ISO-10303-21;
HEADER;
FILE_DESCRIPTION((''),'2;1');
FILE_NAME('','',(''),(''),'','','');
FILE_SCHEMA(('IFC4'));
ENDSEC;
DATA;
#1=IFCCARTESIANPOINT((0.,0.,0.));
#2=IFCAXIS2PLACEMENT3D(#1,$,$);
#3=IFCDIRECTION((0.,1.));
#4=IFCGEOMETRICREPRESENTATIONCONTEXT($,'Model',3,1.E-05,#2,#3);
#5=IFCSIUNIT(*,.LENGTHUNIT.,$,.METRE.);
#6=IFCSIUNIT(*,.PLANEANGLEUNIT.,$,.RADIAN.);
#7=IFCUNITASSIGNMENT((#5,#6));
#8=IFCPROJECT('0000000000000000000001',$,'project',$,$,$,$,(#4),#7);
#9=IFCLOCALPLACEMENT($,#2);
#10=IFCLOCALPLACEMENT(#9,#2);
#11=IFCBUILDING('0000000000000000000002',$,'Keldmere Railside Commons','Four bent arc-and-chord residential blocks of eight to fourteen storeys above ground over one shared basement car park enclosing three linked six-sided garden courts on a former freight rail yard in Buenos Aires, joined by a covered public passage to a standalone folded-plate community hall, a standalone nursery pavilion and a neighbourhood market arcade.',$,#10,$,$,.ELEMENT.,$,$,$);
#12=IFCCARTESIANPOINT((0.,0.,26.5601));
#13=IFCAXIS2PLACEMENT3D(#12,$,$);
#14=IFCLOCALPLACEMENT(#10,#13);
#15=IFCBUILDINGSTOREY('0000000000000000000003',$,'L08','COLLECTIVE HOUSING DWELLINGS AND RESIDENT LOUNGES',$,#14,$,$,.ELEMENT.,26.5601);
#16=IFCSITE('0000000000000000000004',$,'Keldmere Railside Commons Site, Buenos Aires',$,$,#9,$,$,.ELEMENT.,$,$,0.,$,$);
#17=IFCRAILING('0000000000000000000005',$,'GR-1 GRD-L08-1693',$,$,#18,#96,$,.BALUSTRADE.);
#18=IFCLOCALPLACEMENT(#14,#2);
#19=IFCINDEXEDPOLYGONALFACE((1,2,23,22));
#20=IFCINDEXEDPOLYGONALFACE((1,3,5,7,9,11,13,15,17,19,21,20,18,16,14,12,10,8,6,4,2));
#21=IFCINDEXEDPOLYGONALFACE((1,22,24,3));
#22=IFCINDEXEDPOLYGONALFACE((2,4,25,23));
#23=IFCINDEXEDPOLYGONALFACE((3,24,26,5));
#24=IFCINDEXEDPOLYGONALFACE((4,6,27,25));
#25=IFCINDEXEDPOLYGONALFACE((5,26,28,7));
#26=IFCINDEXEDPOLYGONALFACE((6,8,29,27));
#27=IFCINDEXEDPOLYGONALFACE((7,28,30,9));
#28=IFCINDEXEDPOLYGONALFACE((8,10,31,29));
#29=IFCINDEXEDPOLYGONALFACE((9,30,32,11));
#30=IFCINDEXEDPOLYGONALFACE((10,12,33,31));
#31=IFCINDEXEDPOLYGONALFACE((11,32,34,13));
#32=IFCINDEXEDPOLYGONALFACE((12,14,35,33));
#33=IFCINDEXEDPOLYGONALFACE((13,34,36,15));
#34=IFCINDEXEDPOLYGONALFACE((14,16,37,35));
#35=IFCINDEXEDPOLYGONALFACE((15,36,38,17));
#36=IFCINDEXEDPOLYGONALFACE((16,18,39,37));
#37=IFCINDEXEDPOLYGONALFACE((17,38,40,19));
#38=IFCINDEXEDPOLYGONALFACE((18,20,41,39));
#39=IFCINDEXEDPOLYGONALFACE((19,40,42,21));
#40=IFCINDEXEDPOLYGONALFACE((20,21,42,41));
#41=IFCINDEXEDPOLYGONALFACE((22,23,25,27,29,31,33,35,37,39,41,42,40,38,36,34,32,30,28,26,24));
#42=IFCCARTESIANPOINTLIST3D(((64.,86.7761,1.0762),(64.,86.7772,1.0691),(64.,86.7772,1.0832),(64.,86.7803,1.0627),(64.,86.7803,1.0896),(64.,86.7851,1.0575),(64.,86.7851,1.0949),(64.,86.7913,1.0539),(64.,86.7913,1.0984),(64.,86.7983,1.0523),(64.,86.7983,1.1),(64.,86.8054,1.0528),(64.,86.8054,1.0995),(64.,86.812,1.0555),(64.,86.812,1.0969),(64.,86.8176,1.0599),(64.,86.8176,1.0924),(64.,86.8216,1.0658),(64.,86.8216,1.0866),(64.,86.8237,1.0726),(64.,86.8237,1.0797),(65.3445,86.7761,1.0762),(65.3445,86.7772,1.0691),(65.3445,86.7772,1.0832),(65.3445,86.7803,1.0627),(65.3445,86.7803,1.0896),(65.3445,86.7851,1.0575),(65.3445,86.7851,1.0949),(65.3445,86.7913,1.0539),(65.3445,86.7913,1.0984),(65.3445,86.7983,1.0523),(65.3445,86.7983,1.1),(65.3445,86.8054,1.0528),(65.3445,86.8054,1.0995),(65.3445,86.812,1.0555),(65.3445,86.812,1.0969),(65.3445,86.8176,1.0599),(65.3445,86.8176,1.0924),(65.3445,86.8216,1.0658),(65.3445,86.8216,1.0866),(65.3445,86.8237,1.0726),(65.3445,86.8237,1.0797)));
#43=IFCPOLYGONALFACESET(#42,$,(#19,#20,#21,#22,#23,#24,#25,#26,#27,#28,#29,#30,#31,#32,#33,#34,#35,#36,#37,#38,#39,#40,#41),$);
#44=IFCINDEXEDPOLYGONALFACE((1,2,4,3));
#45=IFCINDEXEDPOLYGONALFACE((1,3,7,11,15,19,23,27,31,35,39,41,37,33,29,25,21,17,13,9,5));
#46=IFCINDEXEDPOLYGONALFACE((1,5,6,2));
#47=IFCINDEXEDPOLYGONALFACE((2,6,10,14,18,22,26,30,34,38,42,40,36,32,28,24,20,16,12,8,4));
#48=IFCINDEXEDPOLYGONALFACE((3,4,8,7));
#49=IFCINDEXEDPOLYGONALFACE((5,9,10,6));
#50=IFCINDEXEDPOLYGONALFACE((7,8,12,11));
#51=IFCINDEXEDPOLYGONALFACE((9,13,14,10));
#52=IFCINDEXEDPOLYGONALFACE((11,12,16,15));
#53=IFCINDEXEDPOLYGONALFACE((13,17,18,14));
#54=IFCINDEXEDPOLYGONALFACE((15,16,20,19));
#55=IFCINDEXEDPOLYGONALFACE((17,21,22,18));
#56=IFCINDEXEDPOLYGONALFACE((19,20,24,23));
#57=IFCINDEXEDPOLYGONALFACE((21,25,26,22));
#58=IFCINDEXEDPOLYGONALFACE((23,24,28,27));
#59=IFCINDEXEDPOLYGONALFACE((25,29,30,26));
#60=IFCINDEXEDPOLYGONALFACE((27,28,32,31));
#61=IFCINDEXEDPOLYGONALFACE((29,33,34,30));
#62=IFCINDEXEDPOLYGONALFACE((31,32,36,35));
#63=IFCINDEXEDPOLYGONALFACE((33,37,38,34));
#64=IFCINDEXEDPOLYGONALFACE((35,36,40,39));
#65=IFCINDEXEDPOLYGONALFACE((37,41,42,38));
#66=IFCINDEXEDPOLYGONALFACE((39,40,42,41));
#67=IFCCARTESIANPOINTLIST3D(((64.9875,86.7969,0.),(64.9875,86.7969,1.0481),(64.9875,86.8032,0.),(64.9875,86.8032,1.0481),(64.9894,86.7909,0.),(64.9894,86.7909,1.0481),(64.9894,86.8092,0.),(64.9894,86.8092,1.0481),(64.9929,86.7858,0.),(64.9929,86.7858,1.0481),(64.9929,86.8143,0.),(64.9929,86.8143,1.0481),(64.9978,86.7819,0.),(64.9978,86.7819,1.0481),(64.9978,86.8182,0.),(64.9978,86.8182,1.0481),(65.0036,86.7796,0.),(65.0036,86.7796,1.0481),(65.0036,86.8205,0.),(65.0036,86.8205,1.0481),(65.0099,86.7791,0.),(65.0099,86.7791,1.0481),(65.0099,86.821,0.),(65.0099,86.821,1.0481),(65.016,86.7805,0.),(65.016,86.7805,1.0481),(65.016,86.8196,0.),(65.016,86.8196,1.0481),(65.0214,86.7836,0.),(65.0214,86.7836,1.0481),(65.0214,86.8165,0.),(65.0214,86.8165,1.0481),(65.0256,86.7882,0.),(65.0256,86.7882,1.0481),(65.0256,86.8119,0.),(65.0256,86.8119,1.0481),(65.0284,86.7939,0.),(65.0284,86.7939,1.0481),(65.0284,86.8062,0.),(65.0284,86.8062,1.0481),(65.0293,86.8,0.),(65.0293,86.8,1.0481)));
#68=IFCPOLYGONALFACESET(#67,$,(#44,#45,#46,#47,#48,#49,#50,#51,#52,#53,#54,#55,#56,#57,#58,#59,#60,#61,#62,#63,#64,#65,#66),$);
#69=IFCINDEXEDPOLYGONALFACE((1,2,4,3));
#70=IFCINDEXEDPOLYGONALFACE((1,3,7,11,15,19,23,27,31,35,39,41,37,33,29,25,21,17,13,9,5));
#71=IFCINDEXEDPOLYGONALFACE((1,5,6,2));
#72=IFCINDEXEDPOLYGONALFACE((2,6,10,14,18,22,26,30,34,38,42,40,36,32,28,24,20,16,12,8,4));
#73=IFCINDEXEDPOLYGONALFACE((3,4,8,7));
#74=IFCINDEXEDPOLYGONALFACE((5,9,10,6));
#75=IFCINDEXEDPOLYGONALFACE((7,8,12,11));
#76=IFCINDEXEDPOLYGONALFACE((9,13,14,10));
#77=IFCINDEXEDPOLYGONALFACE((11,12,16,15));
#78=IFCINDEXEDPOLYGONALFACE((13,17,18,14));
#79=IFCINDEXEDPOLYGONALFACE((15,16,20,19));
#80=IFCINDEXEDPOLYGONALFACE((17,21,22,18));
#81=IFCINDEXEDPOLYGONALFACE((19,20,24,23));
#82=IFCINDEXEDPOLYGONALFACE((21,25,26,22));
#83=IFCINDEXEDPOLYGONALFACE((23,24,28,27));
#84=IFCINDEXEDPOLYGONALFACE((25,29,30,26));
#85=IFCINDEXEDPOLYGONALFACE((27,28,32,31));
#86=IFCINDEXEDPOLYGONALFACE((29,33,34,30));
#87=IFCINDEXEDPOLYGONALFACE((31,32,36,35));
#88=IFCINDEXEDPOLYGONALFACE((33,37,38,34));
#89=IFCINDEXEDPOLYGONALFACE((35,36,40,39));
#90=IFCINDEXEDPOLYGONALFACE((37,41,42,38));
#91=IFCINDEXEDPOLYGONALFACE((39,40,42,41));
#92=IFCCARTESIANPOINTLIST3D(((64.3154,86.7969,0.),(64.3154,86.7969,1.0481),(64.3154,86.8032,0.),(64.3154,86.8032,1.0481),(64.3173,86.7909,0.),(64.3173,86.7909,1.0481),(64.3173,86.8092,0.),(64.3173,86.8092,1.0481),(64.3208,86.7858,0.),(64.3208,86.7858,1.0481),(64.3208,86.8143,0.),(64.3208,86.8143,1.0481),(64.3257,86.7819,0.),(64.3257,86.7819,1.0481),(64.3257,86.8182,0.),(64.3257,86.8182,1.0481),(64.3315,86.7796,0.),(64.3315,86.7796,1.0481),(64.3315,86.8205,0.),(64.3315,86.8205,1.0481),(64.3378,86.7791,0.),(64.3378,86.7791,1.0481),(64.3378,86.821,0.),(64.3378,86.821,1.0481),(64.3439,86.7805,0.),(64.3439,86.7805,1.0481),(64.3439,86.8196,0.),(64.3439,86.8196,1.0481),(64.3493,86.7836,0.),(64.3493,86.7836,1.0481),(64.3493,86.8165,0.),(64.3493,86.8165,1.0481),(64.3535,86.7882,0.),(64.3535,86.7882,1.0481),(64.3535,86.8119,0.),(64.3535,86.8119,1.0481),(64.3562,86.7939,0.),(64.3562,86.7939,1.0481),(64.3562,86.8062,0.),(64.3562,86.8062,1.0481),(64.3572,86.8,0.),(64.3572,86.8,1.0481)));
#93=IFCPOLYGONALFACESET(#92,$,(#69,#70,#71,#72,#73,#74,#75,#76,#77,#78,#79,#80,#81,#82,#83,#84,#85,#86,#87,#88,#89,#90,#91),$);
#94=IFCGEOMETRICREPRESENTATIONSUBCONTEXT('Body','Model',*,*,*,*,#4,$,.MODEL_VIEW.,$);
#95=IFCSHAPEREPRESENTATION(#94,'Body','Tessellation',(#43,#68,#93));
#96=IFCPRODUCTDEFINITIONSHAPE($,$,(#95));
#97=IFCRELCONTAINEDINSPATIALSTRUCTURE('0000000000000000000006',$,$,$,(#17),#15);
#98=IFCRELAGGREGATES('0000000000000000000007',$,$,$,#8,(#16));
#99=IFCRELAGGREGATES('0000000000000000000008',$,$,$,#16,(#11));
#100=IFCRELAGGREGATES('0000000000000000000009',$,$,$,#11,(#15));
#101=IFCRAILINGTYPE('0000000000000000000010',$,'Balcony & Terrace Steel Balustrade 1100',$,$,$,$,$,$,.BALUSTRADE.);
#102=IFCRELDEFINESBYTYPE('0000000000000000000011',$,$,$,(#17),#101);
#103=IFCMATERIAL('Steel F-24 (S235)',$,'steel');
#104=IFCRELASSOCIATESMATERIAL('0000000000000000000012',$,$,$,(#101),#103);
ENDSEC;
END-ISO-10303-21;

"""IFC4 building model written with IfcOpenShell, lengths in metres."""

from ifc_helpers import new_model, si_unit, direction, frame, origin, origin_2d, place, context, subcontext, project, spatial, circle, extrude, material, type_object, element, save


model = new_model("IFC4")

# Units and contexts
model_context = context("Model", 3, precision=1e-05, world=origin(), true_north=direction((0.0, 1.0)))
body_context = subcontext(model_context, "Body", "Model", "MODEL_VIEW")
ifc_project = project(units=[si_unit("LENGTHUNIT", "METRE"), si_unit("PLANEANGLEUNIT", "RADIAN")], contexts=[model_context])

# Site, building, storey
site_placement = place(None, origin())
site = spatial("IfcSite", under=ifc_project, at=site_placement, Name="Keldmere Railside Commons Site, Buenos Aires", CompositionType="ELEMENT", RefElevation=0.0)
building_placement = place(site_placement, origin())
building = spatial("IfcBuilding", under=site, at=building_placement, Name="Keldmere Railside Commons", Description="Four bent arc-and-chord residential blocks of eight to fourteen storeys above ground over one shared basement car park enclosing three linked six-sided garden courts on a former freight rail yard in Buenos Aires, joined by a covered public passage to a standalone folded-plate community hall, a standalone nursery pavilion and a neighbourhood market arcade.", CompositionType="ELEMENT")
storey_placement = place(building_placement, frame((0.0, 0.0, 26.5601)))
storey = spatial("IfcBuildingStorey", under=building, at=storey_placement, Name="L08", Description="COLLECTIVE HOUSING DWELLINGS AND RESIDENT LOUNGES", CompositionType="ELEMENT", Elevation=26.5601)

# Railing
ifc_material_1 = material(Name="Steel F-24 (S235)", Category="steel")
railing_type = type_object("IfcRailingType", Name="Balcony & Terrace Steel Balustrade 1100", PredefinedType="BALUSTRADE", material=ifc_material_1)
railing_1_placement = place(storey_placement, frame((65.3445, 86.8, 0.0)))
element("IfcRailing", 1, at=railing_1_placement, inside=storey, type_object=railing_type, Name="GR-1 GRD-L08-1693", PredefinedType="BALUSTRADE", context=body_context, shape_type="SweptSolid", body=[
    extrude(circle(Radius=0.0239, at=origin_2d()), frame((0.0, 0.0, 1.0762), z_axis=(-1.0, 0.0, 0.0), x_axis=(0.0, -1.0, 0.0)), (0.0, 0.0, 1.0), 1.3445),
    extrude(circle(Radius=0.021, at=origin_2d()), frame((-0.3362, 0.0, 0.0)), (0.0, 0.0, 1.0), 1.0481),
    extrude(circle(Radius=0.021, at=origin_2d()), frame((-1.0083, 0.0, 0.0)), (0.0, 0.0, 1.0), 1.0481),
])

save(model, "model.ifc")
